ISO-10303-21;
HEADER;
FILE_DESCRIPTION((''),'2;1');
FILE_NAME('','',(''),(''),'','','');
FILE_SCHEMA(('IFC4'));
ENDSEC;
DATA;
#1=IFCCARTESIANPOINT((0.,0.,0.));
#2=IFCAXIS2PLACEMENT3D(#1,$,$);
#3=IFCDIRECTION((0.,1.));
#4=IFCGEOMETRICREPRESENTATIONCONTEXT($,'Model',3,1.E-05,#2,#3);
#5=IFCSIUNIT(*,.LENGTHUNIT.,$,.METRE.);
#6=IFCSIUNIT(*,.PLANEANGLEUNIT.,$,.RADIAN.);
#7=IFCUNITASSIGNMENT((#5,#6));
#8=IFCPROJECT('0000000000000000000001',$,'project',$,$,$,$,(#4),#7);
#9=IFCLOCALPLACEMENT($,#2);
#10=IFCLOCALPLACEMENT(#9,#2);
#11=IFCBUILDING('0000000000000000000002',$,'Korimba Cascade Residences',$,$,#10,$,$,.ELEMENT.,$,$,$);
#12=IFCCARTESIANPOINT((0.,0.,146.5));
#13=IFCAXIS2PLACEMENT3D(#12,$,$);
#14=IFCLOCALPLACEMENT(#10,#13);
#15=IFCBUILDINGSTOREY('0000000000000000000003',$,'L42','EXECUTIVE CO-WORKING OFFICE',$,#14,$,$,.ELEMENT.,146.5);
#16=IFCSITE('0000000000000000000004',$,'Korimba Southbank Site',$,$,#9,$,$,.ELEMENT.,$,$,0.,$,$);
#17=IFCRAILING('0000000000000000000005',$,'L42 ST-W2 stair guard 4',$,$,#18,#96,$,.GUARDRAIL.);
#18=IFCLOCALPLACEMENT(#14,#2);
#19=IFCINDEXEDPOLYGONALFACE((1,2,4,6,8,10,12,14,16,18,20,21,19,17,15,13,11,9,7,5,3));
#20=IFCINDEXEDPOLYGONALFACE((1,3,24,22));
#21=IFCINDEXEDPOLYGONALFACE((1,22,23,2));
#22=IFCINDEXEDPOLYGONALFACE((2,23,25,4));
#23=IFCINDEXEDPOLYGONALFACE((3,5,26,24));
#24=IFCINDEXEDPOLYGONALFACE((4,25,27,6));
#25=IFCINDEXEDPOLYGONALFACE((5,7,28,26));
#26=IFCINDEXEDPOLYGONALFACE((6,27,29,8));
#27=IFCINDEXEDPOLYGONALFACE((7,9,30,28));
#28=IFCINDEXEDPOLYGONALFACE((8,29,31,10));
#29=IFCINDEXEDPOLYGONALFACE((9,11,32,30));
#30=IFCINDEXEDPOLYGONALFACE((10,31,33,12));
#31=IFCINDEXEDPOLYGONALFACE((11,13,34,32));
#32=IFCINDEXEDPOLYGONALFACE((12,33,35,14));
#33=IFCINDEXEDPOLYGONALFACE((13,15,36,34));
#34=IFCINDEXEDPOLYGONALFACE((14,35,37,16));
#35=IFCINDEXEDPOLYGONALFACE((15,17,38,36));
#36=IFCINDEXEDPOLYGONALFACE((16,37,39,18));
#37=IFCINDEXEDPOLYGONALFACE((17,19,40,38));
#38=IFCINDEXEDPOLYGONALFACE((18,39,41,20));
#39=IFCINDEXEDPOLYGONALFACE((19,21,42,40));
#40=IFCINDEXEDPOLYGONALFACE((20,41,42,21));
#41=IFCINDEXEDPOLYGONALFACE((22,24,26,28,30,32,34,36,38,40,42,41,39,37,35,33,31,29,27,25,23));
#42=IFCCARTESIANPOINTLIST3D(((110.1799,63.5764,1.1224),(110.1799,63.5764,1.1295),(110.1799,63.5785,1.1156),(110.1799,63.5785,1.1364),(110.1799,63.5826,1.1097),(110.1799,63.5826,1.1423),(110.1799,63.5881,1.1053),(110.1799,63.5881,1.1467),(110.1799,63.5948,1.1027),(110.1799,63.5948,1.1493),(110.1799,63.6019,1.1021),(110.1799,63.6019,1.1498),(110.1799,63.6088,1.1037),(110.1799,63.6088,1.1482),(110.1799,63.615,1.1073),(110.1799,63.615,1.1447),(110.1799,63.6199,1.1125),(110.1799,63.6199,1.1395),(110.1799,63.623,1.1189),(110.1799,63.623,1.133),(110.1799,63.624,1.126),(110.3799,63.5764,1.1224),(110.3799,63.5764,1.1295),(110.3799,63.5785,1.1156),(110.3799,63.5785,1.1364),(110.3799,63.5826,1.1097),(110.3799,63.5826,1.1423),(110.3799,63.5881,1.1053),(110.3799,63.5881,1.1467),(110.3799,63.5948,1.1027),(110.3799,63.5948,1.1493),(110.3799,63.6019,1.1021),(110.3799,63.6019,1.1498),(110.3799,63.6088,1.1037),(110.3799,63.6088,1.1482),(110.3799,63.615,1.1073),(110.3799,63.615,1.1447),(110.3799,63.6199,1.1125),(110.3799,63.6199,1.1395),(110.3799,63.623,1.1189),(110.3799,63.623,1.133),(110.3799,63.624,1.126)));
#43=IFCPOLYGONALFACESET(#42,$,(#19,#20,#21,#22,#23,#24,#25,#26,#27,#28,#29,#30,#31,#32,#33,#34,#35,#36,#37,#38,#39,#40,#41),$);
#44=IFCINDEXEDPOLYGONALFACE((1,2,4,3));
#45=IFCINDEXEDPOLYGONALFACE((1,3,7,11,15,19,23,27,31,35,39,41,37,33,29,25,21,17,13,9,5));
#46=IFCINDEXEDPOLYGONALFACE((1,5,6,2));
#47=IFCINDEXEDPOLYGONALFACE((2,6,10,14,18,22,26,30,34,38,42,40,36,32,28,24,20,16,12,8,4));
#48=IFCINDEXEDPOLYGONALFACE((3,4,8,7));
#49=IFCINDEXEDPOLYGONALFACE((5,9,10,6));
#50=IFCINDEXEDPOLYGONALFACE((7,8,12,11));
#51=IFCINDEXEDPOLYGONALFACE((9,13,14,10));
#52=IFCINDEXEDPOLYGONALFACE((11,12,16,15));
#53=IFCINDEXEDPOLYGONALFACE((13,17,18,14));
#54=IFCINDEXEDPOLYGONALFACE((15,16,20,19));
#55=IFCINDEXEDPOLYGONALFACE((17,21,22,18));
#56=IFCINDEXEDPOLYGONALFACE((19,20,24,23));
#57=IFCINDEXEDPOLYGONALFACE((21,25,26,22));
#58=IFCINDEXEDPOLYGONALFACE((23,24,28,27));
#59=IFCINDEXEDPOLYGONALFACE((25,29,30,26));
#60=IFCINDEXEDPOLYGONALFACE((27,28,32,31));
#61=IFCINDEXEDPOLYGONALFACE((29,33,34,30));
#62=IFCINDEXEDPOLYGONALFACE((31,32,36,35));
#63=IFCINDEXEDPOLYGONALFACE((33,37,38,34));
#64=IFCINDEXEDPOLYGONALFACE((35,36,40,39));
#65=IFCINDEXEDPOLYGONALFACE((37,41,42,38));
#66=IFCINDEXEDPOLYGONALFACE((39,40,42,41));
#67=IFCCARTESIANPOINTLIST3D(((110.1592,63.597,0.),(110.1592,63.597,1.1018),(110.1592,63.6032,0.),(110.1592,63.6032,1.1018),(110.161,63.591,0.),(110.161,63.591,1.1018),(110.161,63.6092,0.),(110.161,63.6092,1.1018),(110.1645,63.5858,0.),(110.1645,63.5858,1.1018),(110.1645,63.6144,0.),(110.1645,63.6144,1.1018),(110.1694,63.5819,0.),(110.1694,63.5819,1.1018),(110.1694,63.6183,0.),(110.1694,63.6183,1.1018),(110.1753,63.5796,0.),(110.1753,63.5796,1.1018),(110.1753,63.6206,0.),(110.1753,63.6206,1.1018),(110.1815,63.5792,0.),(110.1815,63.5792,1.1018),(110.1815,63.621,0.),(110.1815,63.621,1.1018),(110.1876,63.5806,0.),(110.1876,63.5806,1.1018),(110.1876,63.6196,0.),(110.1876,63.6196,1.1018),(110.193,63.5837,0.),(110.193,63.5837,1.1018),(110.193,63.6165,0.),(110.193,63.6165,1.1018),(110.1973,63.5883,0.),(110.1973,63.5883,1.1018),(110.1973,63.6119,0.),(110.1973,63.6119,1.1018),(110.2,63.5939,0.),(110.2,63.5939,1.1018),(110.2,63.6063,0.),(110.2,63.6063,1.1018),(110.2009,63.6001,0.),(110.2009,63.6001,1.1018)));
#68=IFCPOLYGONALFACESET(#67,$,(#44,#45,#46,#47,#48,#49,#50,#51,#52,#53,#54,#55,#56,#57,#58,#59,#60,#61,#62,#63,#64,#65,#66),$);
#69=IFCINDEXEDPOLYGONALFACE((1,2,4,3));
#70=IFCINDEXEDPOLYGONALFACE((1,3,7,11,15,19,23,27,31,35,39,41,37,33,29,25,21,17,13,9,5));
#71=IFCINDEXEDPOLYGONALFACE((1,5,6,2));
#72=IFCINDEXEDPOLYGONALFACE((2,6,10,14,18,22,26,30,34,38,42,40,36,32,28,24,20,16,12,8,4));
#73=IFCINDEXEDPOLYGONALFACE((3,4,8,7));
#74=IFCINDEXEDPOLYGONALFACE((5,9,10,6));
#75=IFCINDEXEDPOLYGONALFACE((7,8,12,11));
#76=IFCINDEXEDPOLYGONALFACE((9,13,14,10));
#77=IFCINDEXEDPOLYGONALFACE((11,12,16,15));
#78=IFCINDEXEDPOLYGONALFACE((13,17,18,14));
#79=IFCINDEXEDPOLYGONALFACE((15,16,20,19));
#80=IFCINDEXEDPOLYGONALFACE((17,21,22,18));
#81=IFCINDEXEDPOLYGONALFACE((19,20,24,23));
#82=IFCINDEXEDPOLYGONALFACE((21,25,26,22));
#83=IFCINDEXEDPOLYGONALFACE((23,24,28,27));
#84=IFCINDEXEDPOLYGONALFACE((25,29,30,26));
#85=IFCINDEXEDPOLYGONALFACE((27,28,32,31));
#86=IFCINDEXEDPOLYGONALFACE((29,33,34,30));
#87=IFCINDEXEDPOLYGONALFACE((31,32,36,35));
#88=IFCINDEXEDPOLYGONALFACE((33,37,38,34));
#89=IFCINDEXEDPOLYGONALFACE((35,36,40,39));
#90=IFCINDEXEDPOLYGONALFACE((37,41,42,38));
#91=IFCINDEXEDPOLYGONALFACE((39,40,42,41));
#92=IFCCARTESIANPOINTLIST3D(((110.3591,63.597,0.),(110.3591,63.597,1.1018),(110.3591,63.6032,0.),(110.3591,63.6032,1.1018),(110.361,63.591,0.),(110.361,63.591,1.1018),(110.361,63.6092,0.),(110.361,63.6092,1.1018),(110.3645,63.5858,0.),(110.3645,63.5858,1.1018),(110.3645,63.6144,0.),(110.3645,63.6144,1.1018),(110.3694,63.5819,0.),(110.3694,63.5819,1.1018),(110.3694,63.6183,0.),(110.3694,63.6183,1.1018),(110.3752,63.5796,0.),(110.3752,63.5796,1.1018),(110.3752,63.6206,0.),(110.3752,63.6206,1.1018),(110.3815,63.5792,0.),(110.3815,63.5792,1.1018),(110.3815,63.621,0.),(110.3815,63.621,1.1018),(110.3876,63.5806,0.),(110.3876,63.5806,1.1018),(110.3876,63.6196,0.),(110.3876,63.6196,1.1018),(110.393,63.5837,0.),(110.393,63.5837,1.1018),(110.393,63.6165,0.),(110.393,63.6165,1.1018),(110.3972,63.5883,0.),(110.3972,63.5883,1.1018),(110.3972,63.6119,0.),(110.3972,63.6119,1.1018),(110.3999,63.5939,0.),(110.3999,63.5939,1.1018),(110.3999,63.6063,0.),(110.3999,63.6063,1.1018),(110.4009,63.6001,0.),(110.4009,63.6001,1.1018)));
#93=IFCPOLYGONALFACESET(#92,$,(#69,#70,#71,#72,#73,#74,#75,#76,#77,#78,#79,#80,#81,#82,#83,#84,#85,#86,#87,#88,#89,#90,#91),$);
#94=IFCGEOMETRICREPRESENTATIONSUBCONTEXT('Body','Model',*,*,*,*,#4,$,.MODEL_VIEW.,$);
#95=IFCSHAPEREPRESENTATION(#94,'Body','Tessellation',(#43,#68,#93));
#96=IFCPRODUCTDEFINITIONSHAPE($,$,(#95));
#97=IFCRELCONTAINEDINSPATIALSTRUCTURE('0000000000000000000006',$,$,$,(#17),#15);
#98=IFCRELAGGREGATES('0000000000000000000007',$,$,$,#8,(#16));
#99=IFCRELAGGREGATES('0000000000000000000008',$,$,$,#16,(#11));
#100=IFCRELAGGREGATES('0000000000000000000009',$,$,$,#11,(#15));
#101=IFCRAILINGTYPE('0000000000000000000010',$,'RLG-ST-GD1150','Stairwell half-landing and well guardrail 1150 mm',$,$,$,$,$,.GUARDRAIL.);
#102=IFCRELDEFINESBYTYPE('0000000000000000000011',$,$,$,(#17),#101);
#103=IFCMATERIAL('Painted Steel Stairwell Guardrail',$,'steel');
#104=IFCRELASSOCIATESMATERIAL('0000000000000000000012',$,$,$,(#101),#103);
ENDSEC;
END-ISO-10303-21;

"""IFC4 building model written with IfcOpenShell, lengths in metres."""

from ifc_helpers import new_model, si_unit, direction, frame, origin, origin_2d, place, context, subcontext, project, spatial, circle, extrude, material, type_object, element, save


model = new_model("IFC4")

# Units and contexts
model_context = context("Model", 3, precision=1e-05, world=origin(), true_north=direction((0.0, 1.0)))
body_context = subcontext(model_context, "Body", "Model", "MODEL_VIEW")
ifc_project = project(units=[si_unit("LENGTHUNIT", "METRE"), si_unit("PLANEANGLEUNIT", "RADIAN")], contexts=[model_context])

# Site, building, storey
site_placement = place(None, origin())
site = spatial("IfcSite", under=ifc_project, at=site_placement, Name="Korimba Southbank Site", CompositionType="ELEMENT", RefElevation=0.0)
building_placement = place(site_placement, origin())
building = spatial("IfcBuilding", under=site, at=building_placement, Name="Korimba Cascade Residences", CompositionType="ELEMENT")
storey_placement = place(building_placement, frame((0.0, 0.0, 146.5)))
storey = spatial("IfcBuildingStorey", under=building, at=storey_placement, Name="L42", Description="EXECUTIVE CO-WORKING OFFICE", CompositionType="ELEMENT", Elevation=146.5)

# Railing
ifc_material_1 = material(Name="Painted Steel Stairwell Guardrail", Category="steel")
railing_type_1 = type_object("IfcRailingType", Name="RLG-ST-GD1150", Description="Stairwell half-landing and well guardrail 1150 mm", PredefinedType="GUARDRAIL", material=ifc_material_1)
railing_1_placement = place(storey_placement, frame((110.1799, 63.6001, 0.0)))
element("IfcRailing", 1, at=railing_1_placement, inside=storey, type_object=railing_type_1, Name="L42 ST-W2 stair guard 4", PredefinedType="GUARDRAIL", context=body_context, shape_type="SweptSolid", body=[
    extrude(circle(Radius=0.0239, at=origin_2d()), frame((0.0, 0.0, 1.126), z_axis=(1.0, 0.0, 0.0), x_axis=(0.0, 1.0, 0.0)), (0.0, 0.0, 1.0), 0.2),
    extrude(circle(Radius=0.021, at=origin_2d()), origin(), (0.0, 0.0, 1.0), 1.1018),
    extrude(circle(Radius=0.021, at=origin_2d()), frame((0.2, 0.0, 0.0)), (0.0, 0.0, 1.0), 1.1018),
])

save(model, "model.ifc")
